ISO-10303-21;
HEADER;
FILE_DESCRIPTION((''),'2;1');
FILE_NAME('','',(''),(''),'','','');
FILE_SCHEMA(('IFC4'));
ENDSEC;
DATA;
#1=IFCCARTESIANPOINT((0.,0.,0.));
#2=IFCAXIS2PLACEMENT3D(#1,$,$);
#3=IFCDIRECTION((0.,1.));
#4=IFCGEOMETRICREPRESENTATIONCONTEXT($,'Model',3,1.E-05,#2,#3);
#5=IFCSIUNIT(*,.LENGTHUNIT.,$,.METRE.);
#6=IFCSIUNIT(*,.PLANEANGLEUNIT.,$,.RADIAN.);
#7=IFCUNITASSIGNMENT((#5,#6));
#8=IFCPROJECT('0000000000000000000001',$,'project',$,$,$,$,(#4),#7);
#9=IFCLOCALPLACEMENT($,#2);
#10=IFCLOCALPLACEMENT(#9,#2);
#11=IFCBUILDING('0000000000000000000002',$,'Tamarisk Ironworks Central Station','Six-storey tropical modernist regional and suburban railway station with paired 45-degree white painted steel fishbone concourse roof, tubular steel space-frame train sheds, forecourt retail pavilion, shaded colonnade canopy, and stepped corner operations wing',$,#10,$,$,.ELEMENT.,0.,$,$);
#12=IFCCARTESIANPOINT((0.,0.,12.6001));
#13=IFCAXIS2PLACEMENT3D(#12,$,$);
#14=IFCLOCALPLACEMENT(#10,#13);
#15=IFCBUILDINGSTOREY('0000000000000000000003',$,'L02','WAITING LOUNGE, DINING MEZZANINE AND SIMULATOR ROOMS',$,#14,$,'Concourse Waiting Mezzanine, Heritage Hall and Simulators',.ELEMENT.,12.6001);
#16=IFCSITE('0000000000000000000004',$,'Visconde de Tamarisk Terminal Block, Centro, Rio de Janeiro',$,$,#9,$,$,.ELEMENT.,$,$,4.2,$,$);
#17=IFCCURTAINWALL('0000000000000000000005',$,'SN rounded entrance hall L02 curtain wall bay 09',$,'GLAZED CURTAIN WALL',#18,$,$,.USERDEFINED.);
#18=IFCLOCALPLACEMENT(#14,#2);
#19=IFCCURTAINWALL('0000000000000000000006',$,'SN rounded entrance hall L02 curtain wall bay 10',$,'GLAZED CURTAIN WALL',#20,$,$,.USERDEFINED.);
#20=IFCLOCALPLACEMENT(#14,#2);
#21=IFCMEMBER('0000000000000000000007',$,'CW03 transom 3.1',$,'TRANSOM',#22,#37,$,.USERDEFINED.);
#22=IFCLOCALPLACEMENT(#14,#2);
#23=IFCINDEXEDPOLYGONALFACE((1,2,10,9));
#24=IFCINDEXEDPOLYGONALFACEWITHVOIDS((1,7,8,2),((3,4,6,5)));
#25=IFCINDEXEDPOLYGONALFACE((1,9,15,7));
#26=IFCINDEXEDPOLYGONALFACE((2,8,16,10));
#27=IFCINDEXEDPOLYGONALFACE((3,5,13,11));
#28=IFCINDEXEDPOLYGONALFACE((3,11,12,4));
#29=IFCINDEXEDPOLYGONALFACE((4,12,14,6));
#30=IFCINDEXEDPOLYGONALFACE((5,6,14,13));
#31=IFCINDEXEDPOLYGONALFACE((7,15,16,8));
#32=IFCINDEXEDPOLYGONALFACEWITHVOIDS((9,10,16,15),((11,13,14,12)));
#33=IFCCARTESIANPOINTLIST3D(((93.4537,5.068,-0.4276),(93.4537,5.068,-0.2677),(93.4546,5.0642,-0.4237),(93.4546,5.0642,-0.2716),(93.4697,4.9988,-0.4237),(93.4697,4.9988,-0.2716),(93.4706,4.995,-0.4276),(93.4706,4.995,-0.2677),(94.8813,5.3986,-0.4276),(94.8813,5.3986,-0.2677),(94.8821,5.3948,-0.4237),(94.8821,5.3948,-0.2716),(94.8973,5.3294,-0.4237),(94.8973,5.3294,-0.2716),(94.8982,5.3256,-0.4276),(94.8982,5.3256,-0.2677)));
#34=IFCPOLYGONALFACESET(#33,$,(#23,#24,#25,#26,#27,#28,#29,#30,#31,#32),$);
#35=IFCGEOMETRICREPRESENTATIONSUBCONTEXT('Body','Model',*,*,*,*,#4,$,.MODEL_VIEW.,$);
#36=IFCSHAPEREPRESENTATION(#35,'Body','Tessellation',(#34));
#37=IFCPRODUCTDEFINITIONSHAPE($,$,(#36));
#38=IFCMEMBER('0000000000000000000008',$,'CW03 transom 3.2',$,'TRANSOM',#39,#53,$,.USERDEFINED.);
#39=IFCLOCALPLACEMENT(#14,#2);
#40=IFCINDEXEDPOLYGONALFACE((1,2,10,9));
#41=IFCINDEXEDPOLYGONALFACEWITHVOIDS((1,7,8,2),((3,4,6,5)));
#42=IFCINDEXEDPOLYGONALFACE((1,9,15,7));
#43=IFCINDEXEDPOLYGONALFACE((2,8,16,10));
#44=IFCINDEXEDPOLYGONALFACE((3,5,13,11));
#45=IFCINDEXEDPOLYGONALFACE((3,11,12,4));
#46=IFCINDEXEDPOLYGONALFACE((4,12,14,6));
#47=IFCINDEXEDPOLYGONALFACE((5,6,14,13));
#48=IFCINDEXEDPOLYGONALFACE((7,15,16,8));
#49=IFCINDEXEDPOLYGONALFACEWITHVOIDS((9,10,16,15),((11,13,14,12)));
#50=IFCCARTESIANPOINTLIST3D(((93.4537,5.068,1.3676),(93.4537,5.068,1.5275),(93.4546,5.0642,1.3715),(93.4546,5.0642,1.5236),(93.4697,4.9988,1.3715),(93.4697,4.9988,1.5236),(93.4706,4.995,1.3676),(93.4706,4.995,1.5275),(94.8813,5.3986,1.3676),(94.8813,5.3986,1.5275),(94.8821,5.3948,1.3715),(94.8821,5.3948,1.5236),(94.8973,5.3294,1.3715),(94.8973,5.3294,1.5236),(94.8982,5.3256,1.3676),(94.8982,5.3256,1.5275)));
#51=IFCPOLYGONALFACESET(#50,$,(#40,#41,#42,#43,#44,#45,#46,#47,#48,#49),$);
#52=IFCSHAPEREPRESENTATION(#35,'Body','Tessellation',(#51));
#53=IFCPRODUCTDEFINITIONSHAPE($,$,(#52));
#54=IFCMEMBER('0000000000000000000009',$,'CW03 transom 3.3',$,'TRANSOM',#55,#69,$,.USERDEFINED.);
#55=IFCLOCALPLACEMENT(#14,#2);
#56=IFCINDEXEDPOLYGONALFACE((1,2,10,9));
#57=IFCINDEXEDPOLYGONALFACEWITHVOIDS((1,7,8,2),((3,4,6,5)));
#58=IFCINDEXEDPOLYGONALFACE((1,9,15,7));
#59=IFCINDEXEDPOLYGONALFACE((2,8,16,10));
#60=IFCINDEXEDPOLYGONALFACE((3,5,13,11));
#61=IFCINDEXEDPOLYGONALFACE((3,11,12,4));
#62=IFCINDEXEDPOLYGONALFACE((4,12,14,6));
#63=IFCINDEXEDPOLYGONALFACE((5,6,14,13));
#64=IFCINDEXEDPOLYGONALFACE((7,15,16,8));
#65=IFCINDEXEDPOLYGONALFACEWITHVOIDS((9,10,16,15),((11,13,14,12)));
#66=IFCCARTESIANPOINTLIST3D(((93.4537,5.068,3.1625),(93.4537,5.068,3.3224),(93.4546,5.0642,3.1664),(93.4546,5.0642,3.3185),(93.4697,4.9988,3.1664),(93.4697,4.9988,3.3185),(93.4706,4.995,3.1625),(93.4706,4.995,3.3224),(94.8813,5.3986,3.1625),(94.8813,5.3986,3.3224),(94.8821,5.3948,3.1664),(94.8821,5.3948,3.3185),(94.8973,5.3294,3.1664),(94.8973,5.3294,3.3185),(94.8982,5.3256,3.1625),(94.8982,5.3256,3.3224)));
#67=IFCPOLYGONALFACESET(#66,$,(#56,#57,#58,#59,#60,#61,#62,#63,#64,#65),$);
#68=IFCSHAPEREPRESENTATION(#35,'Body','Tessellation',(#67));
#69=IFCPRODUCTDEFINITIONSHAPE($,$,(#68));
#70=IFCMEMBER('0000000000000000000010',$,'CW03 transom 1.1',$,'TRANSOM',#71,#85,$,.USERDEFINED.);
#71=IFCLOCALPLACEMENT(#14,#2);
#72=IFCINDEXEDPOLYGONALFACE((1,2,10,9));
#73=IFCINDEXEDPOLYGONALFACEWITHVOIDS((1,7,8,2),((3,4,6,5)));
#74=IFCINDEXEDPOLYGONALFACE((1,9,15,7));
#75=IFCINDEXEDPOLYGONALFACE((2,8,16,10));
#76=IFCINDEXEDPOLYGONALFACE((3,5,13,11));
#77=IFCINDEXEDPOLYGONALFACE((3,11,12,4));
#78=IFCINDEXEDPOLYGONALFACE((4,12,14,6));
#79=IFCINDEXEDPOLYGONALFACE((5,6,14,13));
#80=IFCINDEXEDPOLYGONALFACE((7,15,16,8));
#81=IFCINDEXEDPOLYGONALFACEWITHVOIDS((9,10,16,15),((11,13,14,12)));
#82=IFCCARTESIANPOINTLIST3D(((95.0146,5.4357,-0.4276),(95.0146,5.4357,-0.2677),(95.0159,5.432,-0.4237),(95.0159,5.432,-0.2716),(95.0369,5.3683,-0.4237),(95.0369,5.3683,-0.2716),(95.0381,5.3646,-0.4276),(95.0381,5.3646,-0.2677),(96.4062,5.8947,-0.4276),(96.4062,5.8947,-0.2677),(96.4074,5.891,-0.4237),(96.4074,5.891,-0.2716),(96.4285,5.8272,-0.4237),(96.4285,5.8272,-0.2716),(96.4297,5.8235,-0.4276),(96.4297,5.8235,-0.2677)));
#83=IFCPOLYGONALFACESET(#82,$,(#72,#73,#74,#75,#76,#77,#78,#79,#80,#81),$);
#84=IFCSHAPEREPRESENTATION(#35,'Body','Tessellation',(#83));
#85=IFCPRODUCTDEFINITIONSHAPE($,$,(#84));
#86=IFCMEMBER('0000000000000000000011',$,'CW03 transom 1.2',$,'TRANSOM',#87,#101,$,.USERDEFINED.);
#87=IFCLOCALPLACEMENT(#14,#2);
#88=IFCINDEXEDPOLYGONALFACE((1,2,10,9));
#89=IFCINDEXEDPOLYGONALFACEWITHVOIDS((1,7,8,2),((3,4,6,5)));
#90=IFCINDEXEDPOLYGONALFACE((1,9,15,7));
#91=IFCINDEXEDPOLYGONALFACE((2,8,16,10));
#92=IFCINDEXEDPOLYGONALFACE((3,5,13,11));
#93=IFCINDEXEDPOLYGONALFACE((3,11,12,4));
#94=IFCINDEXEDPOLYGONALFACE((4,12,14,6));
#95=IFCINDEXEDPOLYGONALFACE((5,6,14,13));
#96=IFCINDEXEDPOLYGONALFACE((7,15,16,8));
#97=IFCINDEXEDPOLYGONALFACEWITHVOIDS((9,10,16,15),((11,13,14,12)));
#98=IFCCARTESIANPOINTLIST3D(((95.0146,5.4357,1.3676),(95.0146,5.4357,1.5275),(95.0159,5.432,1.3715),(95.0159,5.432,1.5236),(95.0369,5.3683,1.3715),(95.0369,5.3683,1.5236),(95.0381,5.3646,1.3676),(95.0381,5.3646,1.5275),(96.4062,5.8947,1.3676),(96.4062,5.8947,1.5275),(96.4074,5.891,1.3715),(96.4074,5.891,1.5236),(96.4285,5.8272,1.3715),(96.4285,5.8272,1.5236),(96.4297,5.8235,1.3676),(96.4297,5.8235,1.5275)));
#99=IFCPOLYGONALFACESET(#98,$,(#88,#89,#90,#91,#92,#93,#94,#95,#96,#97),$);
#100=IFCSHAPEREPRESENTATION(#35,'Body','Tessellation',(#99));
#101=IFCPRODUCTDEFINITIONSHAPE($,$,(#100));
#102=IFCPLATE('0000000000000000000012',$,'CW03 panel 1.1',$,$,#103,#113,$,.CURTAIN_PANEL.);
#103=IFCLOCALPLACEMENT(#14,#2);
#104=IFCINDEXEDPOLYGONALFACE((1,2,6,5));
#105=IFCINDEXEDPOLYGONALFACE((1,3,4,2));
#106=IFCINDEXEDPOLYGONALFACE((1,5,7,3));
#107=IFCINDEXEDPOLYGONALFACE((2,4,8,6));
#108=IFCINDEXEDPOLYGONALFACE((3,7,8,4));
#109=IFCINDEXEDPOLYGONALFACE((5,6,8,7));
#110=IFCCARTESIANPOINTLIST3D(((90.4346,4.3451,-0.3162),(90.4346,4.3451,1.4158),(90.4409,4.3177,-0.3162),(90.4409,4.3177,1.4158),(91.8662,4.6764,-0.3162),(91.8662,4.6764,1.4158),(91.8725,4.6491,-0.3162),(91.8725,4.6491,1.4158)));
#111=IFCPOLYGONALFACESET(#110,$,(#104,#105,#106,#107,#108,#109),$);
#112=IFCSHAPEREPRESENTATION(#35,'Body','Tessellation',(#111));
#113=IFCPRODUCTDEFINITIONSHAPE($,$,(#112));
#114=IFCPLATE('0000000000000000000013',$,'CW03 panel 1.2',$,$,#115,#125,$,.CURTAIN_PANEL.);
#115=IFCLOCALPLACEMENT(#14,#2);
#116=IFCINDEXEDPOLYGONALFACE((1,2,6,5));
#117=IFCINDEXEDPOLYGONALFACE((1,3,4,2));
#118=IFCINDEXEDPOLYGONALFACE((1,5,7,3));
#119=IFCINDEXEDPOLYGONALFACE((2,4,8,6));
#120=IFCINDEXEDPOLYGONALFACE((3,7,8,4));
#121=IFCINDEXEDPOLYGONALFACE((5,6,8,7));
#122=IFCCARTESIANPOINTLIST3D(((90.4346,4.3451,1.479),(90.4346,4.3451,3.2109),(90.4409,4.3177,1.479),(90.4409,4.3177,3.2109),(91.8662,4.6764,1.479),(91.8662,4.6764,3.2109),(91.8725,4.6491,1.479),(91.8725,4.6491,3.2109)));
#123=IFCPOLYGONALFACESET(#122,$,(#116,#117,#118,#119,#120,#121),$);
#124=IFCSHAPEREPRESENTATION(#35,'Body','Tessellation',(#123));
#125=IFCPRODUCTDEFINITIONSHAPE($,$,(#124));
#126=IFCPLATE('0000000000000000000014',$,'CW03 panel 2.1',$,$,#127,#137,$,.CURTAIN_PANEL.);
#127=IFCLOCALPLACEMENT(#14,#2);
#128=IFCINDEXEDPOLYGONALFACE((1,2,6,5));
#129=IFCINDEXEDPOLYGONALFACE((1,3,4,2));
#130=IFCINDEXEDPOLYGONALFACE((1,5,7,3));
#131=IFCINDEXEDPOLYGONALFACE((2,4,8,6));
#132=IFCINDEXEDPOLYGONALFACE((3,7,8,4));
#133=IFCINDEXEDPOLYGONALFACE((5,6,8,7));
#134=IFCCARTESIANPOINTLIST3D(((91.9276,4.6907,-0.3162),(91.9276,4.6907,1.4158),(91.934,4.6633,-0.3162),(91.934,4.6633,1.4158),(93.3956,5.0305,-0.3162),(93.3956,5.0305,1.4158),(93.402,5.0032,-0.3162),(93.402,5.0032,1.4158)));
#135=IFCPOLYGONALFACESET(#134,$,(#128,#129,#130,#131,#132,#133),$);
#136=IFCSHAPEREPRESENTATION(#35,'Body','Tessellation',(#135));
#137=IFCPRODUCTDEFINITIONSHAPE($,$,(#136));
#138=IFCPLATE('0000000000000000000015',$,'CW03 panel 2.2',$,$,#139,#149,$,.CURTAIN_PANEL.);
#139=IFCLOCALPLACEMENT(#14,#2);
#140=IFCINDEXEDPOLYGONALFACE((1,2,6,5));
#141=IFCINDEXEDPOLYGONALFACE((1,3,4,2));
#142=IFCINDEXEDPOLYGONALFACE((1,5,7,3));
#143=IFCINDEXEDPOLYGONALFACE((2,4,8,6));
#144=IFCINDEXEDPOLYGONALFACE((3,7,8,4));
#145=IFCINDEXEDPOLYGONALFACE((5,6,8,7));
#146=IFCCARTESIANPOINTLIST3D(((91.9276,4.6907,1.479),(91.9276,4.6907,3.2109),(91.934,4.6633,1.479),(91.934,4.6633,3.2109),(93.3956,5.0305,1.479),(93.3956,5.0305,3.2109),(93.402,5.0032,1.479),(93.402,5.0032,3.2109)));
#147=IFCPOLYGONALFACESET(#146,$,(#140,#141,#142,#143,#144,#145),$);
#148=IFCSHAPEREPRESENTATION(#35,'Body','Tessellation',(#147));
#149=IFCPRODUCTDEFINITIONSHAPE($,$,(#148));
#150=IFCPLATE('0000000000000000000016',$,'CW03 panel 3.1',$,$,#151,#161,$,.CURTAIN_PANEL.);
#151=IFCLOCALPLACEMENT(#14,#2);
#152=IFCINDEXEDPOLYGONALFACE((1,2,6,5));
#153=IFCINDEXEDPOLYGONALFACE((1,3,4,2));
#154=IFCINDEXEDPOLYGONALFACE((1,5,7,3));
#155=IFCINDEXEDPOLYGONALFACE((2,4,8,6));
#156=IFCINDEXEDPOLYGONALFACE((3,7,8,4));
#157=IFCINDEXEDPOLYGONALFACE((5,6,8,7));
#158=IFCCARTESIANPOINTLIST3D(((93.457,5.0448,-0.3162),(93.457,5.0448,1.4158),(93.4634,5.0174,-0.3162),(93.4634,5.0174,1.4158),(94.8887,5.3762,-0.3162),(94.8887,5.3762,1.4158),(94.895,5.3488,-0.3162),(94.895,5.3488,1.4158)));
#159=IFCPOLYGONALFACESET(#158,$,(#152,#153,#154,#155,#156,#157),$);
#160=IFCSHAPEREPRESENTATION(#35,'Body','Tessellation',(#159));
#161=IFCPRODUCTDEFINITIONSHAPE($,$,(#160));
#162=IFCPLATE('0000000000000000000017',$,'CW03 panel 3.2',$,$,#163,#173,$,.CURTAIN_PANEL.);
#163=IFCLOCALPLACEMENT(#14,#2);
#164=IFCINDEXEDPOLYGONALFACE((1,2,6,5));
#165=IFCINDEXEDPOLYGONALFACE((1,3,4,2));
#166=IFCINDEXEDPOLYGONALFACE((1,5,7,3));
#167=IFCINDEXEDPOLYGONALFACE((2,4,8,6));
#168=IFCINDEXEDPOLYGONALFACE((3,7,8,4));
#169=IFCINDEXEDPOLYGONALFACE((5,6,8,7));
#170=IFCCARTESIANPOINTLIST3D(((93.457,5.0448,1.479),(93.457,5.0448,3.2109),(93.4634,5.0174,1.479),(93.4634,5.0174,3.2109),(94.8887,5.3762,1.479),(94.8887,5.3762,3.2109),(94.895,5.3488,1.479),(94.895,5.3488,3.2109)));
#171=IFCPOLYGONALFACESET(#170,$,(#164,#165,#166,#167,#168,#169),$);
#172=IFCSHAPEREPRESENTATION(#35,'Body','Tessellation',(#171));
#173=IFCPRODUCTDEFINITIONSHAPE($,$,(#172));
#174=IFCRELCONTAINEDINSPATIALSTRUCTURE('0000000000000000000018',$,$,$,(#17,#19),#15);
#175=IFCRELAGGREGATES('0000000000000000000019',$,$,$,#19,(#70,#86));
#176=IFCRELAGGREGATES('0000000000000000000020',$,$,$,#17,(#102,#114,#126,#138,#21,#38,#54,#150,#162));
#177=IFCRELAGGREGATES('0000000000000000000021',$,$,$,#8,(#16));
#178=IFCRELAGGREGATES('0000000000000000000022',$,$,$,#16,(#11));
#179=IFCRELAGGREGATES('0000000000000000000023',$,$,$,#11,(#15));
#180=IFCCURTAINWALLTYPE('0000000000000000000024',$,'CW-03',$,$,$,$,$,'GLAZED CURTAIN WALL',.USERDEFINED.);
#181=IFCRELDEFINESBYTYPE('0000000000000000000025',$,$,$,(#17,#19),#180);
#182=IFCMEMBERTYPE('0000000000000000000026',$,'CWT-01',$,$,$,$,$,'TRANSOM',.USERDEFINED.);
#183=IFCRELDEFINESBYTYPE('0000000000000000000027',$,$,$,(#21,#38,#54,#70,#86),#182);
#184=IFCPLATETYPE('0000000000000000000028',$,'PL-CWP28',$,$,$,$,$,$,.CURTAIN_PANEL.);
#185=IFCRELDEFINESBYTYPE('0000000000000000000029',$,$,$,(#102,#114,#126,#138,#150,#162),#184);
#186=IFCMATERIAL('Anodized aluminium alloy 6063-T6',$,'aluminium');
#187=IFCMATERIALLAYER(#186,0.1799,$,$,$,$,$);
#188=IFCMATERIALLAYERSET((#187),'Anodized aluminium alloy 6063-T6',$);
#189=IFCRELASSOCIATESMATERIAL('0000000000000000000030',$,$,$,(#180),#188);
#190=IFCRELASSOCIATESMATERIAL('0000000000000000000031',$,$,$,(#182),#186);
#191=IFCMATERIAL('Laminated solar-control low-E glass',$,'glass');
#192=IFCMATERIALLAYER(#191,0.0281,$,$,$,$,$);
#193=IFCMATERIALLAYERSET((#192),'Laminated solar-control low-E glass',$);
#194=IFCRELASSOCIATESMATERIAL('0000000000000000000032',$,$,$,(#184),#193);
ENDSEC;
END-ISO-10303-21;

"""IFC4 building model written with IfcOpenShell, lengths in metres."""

from ifc_helpers import new_model, si_unit, direction, frame, origin, origin_2d, place, context, subcontext, project, spatial, rectangle, hollow_rectangle, extrude, material, layer, layer_set, material_profile, profile_set, type_object, element, aggregate, save


model = new_model("IFC4")

# Units and contexts
model_context = context("Model", 3, precision=1e-05, world=origin(), true_north=direction((0.0, 1.0)))
body_context = subcontext(model_context, "Body", "Model", "MODEL_VIEW")
ifc_project = project(units=[si_unit("LENGTHUNIT", "METRE"), si_unit("PLANEANGLEUNIT", "RADIAN")], contexts=[model_context])

# Site, building, storey
site_placement = place(None, origin())
site = spatial("IfcSite", under=ifc_project, at=site_placement, Name="Visconde de Tamarisk Terminal Block, Centro, Rio de Janeiro", CompositionType="ELEMENT", RefElevation=4.2)
building_placement = place(site_placement, origin())
building = spatial("IfcBuilding", under=site, at=building_placement, Name="Tamarisk Ironworks Central Station", Description="Six-storey tropical modernist regional and suburban railway station with paired 45-degree white painted steel fishbone concourse roof, tubular steel space-frame train sheds, forecourt retail pavilion, shaded colonnade canopy, and stepped corner operations wing", CompositionType="ELEMENT", ElevationOfRefHeight=0.0)
storey_placement = place(building_placement, frame((0.0, 0.0, 12.6001)))
storey = spatial("IfcBuildingStorey", under=building, at=storey_placement, Name="L02", Description="WAITING LOUNGE, DINING MEZZANINE AND SIMULATOR ROOMS", LongName="Concourse Waiting Mezzanine, Heritage Hall and Simulators", CompositionType="ELEMENT", Elevation=12.6001)

# Curtain wall
ifc_material_1 = material(Name="Anodized aluminium alloy 6063-T6", Category="aluminium")
ifc_layer_1 = layer(ifc_material_1, 0.1799)
ifc_layer_set_1 = layer_set([ifc_layer_1], Name="Anodized aluminium alloy 6063-T6")
curtain_wall_type = type_object("IfcCurtainWallType", Name="CW-03", ElementType="GLAZED CURTAIN WALL", PredefinedType="USERDEFINED", material=ifc_layer_set_1)
curtain_wall_1_placement = place(storey_placement, origin())
curtain_wall_1 = element("IfcCurtainWall", 1, at=curtain_wall_1_placement, inside=storey, type_object=curtain_wall_type, Name="SN rounded entrance hall L02 curtain wall bay 09", ObjectType="GLAZED CURTAIN WALL", PredefinedType="USERDEFINED")

# Curtain wall
curtain_wall_2_placement = place(storey_placement, origin())
curtain_wall_2 = element("IfcCurtainWall", 2, at=curtain_wall_2_placement, inside=storey, type_object=curtain_wall_type, Name="SN rounded entrance hall L02 curtain wall bay 10", ObjectType="GLAZED CURTAIN WALL", PredefinedType="USERDEFINED")

# Members
ifc_material_profile_1 = material_profile(ifc_material_1, hollow_rectangle(XDim=0.075, YDim=0.1599, WallThickness=0.0039, at=origin_2d()), Name="ALUM 160x75")
ifc_profile_set_1 = profile_set([ifc_material_profile_1], Name="Anodized aluminium alloy 6063-T6")
member_type_1 = type_object("IfcMemberType", Name="CWT-01", ElementType="TRANSOM", PredefinedType="USERDEFINED", material=ifc_profile_set_1)
member_1_placement = place(storey_placement, frame((93.4622, 5.0315, -0.3477), z_axis=(0.97422, 0.225602, 0.0), x_axis=(-0.225602, 0.97422, 0.0)))
member_1 = element("IfcMember", 3, at=member_1_placement, type_object=member_type_1, Name="CW03 transom 3.1", ObjectType="TRANSOM", PredefinedType="USERDEFINED", context=body_context, shape_type="SweptSolid", body=[
    extrude(hollow_rectangle(XDim=0.075, YDim=0.1599, WallThickness=0.0039, at=origin_2d()), origin(), (0.0, 0.0, 1.0), 1.4653),
])
member_2_placement = place(storey_placement, frame((93.4622, 5.0315, 1.4475), z_axis=(0.97422, 0.225602, 0.0), x_axis=(-0.225602, 0.97422, 0.0)))
member_2 = element("IfcMember", 4, at=member_2_placement, type_object=member_type_1, Name="CW03 transom 3.2", ObjectType="TRANSOM", PredefinedType="USERDEFINED", context=body_context, shape_type="SweptSolid", body=[
    extrude(hollow_rectangle(XDim=0.075, YDim=0.1599, WallThickness=0.0039, at=origin_2d()), origin(), (0.0, 0.0, 1.0), 1.4653),
])
member_3_placement = place(storey_placement, frame((93.4622, 5.0315, 3.2424), z_axis=(0.97422, 0.225602, 0.0), x_axis=(-0.225602, 0.97422, 0.0)))
member_3 = element("IfcMember", 5, at=member_3_placement, type_object=member_type_1, Name="CW03 transom 3.3", ObjectType="TRANSOM", PredefinedType="USERDEFINED", context=body_context, shape_type="SweptSolid", body=[
    extrude(hollow_rectangle(XDim=0.075, YDim=0.1599, WallThickness=0.0039, at=origin_2d()), origin(), (0.0, 0.0, 1.0), 1.4653),
])
member_4_placement = place(storey_placement, frame((95.0264, 5.4001, -0.3477), z_axis=(0.949678, 0.313227, 0.0), x_axis=(-0.313227, 0.949678, 0.0)))
member_4 = element("IfcMember", 6, at=member_4_placement, type_object=member_type_1, Name="CW03 transom 1.1", ObjectType="TRANSOM", PredefinedType="USERDEFINED", context=body_context, shape_type="SweptSolid", body=[
    extrude(hollow_rectangle(XDim=0.075, YDim=0.1599, WallThickness=0.0039, at=origin_2d()), origin(), (0.0, 0.0, 1.0), 1.4653),
])
member_5_placement = place(storey_placement, frame((95.0264, 5.4001, 1.4475), z_axis=(0.949678, 0.313227, 0.0), x_axis=(-0.313227, 0.949678, 0.0)))
member_5 = element("IfcMember", 7, at=member_5_placement, type_object=member_type_1, Name="CW03 transom 1.2", ObjectType="TRANSOM", PredefinedType="USERDEFINED", context=body_context, shape_type="SweptSolid", body=[
    extrude(hollow_rectangle(XDim=0.075, YDim=0.1599, WallThickness=0.0039, at=origin_2d()), origin(), (0.0, 0.0, 1.0), 1.4653),
])
aggregate(curtain_wall_2, [member_4, member_5])

# Plates
ifc_material_2 = material(Name="Laminated solar-control low-E glass", Category="glass")
ifc_layer_2 = layer(ifc_material_2, 0.0281)
ifc_layer_set_2 = layer_set([ifc_layer_2], Name="Laminated solar-control low-E glass")
plate_type = type_object("IfcPlateType", Name="PL-CWP28", PredefinedType="CURTAIN_PANEL", material=ifc_layer_set_2)
plate_1_placement = place(storey_placement, frame((91.1536, 4.4971, -0.3162), z_axis=(0.0, 0.0, 1.0), x_axis=(0.974239, 0.225517, 0.0)))
plate_1 = element("IfcPlate", 8, at=plate_1_placement, type_object=plate_type, Name="CW03 panel 1.1", PredefinedType="CURTAIN_PANEL", context=body_context, shape_type="SweptSolid", body=[
    extrude(rectangle(XDim=1.4695, YDim=0.0281, at=origin_2d()), origin(), (0.0, 0.0, 1.0), 1.7319),
])
plate_2_placement = place(storey_placement, frame((91.1536, 4.4971, 1.479), z_axis=(0.0, 0.0, 1.0), x_axis=(0.974239, 0.225517, 0.0)))
plate_2 = element("IfcPlate", 9, at=plate_2_placement, type_object=plate_type, Name="CW03 panel 1.2", PredefinedType="CURTAIN_PANEL", context=body_context, shape_type="SweptSolid", body=[
    extrude(rectangle(XDim=1.4695, YDim=0.0281, at=origin_2d()), origin(), (0.0, 0.0, 1.0), 1.7319),
])
plate_3_placement = place(storey_placement, frame((92.6648, 4.8469, -0.3162), z_axis=(0.0, 0.0, 1.0), x_axis=(0.974239, 0.225517, 0.0)))
plate_3 = element("IfcPlate", 10, at=plate_3_placement, type_object=plate_type, Name="CW03 panel 2.1", PredefinedType="CURTAIN_PANEL", context=body_context, shape_type="SweptSolid", body=[
    extrude(rectangle(XDim=1.5068, YDim=0.0281, at=origin_2d()), origin(), (0.0, 0.0, 1.0), 1.7319),
])
plate_4_placement = place(storey_placement, frame((92.6648, 4.8469, 1.479), z_axis=(0.0, 0.0, 1.0), x_axis=(0.974239, 0.225517, 0.0)))
plate_4 = element("IfcPlate", 11, at=plate_4_placement, type_object=plate_type, Name="CW03 panel 2.2", PredefinedType="CURTAIN_PANEL", context=body_context, shape_type="SweptSolid", body=[
    extrude(rectangle(XDim=1.5068, YDim=0.0281, at=origin_2d()), origin(), (0.0, 0.0, 1.0), 1.7319),
])
plate_5_placement = place(storey_placement, frame((94.176, 5.1968, -0.3162), z_axis=(0.0, 0.0, 1.0), x_axis=(0.974239, 0.225517, 0.0)))
plate_5 = element("IfcPlate", 12, at=plate_5_placement, type_object=plate_type, Name="CW03 panel 3.1", PredefinedType="CURTAIN_PANEL", context=body_context, shape_type="SweptSolid", body=[
    extrude(rectangle(XDim=1.4695, YDim=0.0281, at=origin_2d()), origin(), (0.0, 0.0, 1.0), 1.7319),
])
plate_6_placement = place(storey_placement, frame((94.176, 5.1968, 1.479), z_axis=(0.0, 0.0, 1.0), x_axis=(0.974239, 0.225517, 0.0)))
plate_6 = element("IfcPlate", 13, at=plate_6_placement, type_object=plate_type, Name="CW03 panel 3.2", PredefinedType="CURTAIN_PANEL", context=body_context, shape_type="SweptSolid", body=[
    extrude(rectangle(XDim=1.4695, YDim=0.0281, at=origin_2d()), origin(), (0.0, 0.0, 1.0), 1.7319),
])
aggregate(curtain_wall_1, [plate_1, plate_2, plate_3, plate_4, member_1, member_2, member_3, plate_5, plate_6])

save(model, "model.ifc")
